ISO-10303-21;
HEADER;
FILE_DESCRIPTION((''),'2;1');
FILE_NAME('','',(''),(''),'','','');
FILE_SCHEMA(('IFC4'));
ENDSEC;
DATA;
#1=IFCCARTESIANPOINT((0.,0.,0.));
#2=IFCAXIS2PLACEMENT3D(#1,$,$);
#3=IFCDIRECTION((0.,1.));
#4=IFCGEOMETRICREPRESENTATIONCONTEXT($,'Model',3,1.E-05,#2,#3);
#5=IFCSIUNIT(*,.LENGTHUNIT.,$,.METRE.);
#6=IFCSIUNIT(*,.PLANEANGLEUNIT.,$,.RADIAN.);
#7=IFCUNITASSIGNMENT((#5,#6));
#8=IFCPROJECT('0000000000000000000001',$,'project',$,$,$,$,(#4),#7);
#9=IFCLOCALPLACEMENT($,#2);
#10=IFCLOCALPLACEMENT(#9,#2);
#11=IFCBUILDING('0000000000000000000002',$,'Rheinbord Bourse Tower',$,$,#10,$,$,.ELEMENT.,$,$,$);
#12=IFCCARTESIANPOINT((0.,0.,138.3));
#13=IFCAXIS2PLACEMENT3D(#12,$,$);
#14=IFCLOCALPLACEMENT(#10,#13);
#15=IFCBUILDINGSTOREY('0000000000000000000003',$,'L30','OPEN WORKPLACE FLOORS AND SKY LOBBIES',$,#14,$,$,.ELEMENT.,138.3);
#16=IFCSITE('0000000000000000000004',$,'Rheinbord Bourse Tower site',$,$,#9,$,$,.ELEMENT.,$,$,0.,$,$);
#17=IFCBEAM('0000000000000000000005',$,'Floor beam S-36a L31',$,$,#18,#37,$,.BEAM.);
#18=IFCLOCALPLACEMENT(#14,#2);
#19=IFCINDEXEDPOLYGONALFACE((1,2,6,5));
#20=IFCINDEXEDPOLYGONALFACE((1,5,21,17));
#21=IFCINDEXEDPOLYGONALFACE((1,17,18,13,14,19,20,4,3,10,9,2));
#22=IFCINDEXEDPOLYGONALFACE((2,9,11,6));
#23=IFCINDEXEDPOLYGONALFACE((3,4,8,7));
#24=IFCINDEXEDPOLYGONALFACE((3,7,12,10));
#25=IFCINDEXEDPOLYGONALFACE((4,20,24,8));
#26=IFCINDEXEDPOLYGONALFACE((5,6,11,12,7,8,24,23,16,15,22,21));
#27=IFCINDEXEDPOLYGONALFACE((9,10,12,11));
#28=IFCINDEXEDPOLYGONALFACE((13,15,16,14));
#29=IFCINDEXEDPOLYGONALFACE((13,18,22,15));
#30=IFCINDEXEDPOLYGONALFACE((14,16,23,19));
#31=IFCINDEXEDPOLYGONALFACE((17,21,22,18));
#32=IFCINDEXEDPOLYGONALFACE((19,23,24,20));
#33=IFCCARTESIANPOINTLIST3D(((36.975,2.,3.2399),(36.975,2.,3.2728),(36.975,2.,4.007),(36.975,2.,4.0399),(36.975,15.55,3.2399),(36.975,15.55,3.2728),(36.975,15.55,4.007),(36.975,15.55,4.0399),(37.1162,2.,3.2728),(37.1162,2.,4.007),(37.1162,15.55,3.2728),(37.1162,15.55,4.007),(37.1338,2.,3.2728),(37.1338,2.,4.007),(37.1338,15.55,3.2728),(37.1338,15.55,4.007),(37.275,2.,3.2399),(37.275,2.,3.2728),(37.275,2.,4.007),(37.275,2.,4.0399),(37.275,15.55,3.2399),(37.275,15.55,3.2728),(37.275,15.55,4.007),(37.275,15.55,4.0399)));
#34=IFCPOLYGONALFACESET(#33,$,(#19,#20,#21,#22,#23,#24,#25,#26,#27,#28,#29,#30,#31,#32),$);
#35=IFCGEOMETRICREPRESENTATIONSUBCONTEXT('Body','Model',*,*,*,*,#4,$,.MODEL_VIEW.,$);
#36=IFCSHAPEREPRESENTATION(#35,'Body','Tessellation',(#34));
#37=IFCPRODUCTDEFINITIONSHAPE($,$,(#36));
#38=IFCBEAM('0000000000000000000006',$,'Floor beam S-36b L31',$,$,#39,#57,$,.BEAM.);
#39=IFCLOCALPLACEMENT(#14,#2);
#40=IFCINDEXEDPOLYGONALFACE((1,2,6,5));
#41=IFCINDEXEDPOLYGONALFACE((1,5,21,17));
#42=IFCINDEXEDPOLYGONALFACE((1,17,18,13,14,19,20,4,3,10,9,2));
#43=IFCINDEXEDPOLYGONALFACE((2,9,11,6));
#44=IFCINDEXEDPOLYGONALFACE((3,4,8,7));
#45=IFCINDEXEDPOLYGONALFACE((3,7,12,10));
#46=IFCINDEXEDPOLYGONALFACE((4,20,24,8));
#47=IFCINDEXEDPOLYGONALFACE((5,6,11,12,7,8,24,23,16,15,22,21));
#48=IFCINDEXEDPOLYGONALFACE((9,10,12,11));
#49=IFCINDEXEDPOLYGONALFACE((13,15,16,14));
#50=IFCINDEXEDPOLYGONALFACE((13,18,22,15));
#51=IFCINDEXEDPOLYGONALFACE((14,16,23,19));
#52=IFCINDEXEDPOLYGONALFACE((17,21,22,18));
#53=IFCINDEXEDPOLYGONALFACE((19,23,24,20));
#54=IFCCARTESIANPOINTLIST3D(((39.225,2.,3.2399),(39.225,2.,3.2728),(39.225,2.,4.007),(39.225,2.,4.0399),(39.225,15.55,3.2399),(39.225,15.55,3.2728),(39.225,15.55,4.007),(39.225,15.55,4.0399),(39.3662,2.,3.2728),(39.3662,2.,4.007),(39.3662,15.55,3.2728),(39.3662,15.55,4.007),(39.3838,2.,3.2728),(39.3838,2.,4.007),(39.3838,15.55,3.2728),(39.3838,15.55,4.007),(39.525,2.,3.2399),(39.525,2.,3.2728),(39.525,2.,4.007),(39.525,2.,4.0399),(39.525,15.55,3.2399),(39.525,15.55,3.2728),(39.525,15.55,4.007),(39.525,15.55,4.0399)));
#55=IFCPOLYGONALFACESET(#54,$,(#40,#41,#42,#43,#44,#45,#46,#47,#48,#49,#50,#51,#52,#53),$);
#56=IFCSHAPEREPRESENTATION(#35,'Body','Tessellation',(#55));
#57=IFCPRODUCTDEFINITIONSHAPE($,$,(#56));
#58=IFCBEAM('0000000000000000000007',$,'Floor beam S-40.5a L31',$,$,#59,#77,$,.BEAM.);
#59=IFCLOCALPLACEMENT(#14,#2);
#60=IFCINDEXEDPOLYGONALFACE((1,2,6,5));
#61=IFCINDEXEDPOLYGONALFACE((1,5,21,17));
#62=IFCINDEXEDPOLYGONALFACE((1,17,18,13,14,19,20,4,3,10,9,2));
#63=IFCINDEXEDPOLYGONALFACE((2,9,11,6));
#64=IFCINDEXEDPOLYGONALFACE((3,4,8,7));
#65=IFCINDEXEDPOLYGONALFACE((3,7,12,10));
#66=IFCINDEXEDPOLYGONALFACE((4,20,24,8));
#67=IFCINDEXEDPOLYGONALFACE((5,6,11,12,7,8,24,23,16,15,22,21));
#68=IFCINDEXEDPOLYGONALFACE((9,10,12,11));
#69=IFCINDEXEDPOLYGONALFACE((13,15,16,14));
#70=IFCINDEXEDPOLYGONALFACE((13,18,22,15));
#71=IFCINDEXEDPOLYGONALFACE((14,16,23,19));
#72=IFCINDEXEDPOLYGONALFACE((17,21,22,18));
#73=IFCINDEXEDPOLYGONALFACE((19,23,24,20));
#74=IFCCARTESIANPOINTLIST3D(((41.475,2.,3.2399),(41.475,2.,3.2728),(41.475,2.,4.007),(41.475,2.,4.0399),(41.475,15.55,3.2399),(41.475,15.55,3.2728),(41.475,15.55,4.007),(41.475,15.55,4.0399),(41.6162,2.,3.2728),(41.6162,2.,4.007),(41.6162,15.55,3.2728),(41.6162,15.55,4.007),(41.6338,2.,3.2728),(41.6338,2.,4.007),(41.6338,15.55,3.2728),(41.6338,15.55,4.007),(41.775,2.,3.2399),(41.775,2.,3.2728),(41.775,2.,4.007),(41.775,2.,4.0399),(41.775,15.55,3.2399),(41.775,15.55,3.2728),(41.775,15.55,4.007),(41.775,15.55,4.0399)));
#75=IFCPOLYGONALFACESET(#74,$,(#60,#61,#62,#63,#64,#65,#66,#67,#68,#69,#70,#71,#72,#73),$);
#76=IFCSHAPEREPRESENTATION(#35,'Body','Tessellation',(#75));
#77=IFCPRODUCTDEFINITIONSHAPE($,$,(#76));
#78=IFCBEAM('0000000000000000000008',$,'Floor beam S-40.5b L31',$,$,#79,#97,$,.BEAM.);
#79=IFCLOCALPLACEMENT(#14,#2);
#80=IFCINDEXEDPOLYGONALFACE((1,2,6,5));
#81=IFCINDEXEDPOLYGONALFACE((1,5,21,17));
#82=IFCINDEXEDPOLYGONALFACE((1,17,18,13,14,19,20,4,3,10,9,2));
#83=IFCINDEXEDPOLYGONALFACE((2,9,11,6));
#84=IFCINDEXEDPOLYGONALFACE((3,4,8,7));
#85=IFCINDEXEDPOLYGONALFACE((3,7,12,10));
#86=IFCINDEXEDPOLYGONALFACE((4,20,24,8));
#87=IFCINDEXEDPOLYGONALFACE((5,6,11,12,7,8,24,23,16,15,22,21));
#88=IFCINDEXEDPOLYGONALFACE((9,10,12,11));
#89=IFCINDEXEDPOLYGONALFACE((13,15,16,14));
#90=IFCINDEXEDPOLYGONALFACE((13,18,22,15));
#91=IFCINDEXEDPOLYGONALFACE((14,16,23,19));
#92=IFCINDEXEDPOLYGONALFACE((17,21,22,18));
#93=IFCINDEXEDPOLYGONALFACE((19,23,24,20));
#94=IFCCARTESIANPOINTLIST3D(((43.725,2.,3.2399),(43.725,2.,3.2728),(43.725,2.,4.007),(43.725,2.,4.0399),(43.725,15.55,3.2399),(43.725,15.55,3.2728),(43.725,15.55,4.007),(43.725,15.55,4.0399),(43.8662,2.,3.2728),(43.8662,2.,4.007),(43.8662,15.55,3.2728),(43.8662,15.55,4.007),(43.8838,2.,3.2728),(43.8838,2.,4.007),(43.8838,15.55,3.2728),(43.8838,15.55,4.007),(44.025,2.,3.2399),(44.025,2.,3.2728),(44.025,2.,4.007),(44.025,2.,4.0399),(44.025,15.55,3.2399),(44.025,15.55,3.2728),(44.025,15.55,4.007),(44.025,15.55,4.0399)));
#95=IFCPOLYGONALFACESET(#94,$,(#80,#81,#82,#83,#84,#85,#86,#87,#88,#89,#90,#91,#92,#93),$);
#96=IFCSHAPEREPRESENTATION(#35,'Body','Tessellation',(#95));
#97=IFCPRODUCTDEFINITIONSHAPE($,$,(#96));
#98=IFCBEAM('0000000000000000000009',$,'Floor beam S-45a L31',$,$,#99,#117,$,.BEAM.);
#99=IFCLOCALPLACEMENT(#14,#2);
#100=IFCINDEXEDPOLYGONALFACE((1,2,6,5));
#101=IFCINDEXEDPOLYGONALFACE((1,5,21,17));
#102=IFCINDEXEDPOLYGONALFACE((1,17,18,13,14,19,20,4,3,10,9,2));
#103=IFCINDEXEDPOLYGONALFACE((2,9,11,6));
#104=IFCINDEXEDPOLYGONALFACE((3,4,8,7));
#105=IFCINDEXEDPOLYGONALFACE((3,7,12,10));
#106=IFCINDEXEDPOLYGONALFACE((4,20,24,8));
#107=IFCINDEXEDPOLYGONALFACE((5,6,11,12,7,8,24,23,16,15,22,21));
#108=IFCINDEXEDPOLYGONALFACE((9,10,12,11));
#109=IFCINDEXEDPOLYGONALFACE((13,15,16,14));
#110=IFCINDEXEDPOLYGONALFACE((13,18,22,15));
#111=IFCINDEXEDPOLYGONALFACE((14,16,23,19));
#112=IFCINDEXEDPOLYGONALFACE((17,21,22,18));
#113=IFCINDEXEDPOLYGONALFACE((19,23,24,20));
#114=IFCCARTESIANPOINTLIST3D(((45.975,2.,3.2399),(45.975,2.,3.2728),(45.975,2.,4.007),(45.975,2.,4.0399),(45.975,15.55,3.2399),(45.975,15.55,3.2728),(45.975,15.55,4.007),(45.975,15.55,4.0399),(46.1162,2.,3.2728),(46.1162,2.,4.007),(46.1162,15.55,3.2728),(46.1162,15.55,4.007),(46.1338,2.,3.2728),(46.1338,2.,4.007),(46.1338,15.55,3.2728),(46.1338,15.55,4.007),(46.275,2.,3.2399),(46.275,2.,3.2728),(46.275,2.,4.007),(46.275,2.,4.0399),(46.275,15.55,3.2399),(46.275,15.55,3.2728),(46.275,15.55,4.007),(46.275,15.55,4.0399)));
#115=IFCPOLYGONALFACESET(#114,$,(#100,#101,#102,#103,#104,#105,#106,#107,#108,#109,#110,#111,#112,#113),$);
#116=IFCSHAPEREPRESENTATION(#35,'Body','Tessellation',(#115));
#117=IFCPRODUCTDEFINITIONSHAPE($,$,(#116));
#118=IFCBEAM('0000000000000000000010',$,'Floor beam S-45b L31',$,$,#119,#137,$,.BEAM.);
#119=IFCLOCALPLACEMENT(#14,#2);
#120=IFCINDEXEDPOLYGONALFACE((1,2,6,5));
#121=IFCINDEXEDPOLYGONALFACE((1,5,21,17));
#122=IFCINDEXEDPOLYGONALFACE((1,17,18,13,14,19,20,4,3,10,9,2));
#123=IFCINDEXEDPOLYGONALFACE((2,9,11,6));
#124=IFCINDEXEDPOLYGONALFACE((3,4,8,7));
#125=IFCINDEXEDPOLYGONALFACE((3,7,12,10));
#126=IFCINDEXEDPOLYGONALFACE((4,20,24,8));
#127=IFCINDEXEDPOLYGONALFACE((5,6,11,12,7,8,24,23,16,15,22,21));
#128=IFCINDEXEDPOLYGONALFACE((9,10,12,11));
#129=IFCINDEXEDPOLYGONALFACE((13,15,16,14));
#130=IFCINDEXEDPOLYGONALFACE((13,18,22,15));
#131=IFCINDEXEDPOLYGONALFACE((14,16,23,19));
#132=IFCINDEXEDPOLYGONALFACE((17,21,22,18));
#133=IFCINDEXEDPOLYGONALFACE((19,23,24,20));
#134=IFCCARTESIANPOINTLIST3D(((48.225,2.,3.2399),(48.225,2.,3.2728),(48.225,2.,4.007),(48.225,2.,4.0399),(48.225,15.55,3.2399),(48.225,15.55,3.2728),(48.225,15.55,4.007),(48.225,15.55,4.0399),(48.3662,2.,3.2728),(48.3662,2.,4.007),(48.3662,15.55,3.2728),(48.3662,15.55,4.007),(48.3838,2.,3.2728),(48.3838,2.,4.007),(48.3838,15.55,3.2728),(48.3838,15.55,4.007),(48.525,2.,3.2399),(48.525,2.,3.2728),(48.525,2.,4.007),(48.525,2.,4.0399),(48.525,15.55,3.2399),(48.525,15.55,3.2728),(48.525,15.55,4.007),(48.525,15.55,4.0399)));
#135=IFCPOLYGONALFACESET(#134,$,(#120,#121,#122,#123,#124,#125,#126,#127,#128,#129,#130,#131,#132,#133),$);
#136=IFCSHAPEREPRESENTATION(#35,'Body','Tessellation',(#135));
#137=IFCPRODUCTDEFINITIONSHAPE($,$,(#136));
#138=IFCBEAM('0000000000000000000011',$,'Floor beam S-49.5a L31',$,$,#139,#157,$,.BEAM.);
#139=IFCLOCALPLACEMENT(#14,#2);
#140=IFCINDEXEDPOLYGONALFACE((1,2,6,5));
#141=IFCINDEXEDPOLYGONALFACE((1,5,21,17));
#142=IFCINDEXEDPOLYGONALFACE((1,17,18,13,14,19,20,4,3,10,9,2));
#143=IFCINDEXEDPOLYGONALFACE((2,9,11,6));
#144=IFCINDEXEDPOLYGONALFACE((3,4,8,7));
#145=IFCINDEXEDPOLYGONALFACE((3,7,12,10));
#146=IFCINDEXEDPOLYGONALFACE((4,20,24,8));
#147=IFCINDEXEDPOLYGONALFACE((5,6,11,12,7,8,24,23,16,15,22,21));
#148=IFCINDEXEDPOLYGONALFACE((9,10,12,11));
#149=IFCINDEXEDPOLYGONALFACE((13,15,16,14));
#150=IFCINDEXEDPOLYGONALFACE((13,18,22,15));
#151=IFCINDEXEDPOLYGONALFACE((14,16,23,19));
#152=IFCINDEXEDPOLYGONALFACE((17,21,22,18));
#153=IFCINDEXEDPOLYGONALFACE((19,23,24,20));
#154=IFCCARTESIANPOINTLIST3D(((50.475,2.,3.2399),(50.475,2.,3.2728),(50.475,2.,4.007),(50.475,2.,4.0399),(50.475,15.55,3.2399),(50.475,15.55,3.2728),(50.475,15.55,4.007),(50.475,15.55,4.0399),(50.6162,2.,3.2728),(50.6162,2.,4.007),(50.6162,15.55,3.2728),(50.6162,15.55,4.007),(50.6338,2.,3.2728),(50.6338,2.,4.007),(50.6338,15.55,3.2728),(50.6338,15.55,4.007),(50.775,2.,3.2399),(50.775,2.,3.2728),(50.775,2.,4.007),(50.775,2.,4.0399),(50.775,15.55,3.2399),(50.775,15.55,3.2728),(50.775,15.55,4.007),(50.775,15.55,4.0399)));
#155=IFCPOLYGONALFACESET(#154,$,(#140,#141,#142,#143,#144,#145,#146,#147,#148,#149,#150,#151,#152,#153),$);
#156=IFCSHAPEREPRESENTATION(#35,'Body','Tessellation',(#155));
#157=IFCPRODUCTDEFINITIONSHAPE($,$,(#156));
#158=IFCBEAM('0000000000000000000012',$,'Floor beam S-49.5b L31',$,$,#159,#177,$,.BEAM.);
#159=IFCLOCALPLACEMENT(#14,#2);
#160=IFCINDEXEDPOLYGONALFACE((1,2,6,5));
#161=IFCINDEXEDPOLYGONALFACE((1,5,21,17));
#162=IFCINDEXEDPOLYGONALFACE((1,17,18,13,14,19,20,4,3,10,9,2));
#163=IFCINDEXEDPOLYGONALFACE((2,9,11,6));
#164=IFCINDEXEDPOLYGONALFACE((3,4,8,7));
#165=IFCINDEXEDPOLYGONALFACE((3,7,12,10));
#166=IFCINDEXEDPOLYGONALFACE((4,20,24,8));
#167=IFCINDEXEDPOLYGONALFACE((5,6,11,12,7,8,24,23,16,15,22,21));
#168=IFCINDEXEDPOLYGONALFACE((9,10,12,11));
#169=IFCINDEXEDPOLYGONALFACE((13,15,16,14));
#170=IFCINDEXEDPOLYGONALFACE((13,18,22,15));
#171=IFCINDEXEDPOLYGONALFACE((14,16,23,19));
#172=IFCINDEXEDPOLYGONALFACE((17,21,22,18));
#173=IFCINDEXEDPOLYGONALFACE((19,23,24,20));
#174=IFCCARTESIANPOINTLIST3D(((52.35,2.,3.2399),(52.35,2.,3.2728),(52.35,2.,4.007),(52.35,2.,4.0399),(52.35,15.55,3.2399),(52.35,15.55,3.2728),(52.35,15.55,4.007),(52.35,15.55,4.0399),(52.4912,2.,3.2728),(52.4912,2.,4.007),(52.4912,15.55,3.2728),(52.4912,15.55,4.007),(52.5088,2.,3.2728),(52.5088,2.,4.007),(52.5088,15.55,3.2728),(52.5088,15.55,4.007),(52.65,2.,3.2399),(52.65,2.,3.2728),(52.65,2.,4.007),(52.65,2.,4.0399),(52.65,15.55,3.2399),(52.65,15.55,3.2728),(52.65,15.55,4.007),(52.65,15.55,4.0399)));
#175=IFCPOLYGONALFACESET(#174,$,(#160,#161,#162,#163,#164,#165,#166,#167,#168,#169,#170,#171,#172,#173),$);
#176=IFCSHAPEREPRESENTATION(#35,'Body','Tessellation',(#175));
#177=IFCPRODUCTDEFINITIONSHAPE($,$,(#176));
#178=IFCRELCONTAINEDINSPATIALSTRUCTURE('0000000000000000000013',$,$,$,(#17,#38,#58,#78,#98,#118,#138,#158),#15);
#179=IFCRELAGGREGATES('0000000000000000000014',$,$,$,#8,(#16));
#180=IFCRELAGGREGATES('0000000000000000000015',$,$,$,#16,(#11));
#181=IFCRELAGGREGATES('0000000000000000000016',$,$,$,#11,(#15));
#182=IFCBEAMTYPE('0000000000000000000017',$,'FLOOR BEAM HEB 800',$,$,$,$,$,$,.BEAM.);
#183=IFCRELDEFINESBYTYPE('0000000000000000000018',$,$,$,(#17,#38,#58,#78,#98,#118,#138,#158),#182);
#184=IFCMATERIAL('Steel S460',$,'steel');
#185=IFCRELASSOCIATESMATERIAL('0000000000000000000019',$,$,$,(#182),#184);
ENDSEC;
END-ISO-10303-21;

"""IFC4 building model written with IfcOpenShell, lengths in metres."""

from ifc_helpers import new_model, si_unit, direction, frame, origin, origin_2d, place, context, subcontext, project, spatial, i_section, extrude, material, material_profile, profile_set, type_object, element, save


model = new_model("IFC4")

# Units and contexts
model_context = context("Model", 3, precision=1e-05, world=origin(), true_north=direction((0.0, 1.0)))
body_context = subcontext(model_context, "Body", "Model", "MODEL_VIEW")
ifc_project = project(units=[si_unit("LENGTHUNIT", "METRE"), si_unit("PLANEANGLEUNIT", "RADIAN")], contexts=[model_context])

# Site, building, storey
site_placement = place(None, origin())
site = spatial("IfcSite", under=ifc_project, at=site_placement, Name="Rheinbord Bourse Tower site", CompositionType="ELEMENT", RefElevation=0.0)
building_placement = place(site_placement, origin())
building = spatial("IfcBuilding", under=site, at=building_placement, Name="Rheinbord Bourse Tower", CompositionType="ELEMENT")
storey_placement = place(building_placement, frame((0.0, 0.0, 138.3)))
storey = spatial("IfcBuildingStorey", under=building, at=storey_placement, Name="L30", Description="OPEN WORKPLACE FLOORS AND SKY LOBBIES", CompositionType="ELEMENT", Elevation=138.3)

# Beams
ifc_material_1 = material(Name="Steel S460", Category="steel")
ifc_material_profile_1 = material_profile(ifc_material_1, i_section(OverallWidth=0.3, OverallDepth=0.8, WebThickness=0.0176, FlangeThickness=0.033, at=origin_2d()), Name="HEB 800")
ifc_profile_set_1 = profile_set([ifc_material_profile_1], Name="Steel S460")
beam_type_1 = type_object("IfcBeamType", Name="FLOOR BEAM HEB 800", PredefinedType="BEAM", material=ifc_profile_set_1)
for number, where, z_axis, x_axis, name in (
    (1, (37.125, 2.0, 3.6399), (0.0, 1.0, 0.0), (-1.0, 0.0, 0.0), "Floor beam S-36a L31"),
    (2, (39.375, 2.0, 3.6399), (0.0, 1.0, 0.0), (-1.0, 0.0, 0.0), "Floor beam S-36b L31"),
    (3, (41.625, 2.0, 3.6399), (0.0, 1.0, 0.0), (-1.0, 0.0, 0.0), "Floor beam S-40.5a L31"),
    (4, (43.875, 2.0, 3.6399), (0.0, 1.0, 0.0), (-1.0, 0.0, 0.0), "Floor beam S-40.5b L31"),
    (5, (46.125, 2.0, 3.6399), (0.0, 1.0, 0.0), (-1.0, 0.0, 0.0), "Floor beam S-45a L31"),
    (6, (48.375, 2.0, 3.6399), (0.0, 1.0, 0.0), (-1.0, 0.0, 0.0), "Floor beam S-45b L31"),
    (7, (50.625, 2.0, 3.6399), (0.0, 1.0, 0.0), (-1.0, 0.0, 0.0), "Floor beam S-49.5a L31"),
    (8, (52.5, 2.0, 3.6399), (0.0, 1.0, 0.0), (-1.0, 0.0, 0.0), "Floor beam S-49.5b L31"),
):
    element("IfcBeam", number, at=place(storey_placement, frame(where, z_axis=z_axis, x_axis=x_axis)), inside=storey, type_object=beam_type_1, Name=name, PredefinedType="BEAM", context=body_context, shape_type="SweptSolid", body=[
        extrude(i_section(OverallWidth=0.3, OverallDepth=0.8, WebThickness=0.0176, FlangeThickness=0.033, at=origin_2d()), origin(), (0.0, 0.0, 1.0), 13.55),
    ])

save(model, "model.ifc")
